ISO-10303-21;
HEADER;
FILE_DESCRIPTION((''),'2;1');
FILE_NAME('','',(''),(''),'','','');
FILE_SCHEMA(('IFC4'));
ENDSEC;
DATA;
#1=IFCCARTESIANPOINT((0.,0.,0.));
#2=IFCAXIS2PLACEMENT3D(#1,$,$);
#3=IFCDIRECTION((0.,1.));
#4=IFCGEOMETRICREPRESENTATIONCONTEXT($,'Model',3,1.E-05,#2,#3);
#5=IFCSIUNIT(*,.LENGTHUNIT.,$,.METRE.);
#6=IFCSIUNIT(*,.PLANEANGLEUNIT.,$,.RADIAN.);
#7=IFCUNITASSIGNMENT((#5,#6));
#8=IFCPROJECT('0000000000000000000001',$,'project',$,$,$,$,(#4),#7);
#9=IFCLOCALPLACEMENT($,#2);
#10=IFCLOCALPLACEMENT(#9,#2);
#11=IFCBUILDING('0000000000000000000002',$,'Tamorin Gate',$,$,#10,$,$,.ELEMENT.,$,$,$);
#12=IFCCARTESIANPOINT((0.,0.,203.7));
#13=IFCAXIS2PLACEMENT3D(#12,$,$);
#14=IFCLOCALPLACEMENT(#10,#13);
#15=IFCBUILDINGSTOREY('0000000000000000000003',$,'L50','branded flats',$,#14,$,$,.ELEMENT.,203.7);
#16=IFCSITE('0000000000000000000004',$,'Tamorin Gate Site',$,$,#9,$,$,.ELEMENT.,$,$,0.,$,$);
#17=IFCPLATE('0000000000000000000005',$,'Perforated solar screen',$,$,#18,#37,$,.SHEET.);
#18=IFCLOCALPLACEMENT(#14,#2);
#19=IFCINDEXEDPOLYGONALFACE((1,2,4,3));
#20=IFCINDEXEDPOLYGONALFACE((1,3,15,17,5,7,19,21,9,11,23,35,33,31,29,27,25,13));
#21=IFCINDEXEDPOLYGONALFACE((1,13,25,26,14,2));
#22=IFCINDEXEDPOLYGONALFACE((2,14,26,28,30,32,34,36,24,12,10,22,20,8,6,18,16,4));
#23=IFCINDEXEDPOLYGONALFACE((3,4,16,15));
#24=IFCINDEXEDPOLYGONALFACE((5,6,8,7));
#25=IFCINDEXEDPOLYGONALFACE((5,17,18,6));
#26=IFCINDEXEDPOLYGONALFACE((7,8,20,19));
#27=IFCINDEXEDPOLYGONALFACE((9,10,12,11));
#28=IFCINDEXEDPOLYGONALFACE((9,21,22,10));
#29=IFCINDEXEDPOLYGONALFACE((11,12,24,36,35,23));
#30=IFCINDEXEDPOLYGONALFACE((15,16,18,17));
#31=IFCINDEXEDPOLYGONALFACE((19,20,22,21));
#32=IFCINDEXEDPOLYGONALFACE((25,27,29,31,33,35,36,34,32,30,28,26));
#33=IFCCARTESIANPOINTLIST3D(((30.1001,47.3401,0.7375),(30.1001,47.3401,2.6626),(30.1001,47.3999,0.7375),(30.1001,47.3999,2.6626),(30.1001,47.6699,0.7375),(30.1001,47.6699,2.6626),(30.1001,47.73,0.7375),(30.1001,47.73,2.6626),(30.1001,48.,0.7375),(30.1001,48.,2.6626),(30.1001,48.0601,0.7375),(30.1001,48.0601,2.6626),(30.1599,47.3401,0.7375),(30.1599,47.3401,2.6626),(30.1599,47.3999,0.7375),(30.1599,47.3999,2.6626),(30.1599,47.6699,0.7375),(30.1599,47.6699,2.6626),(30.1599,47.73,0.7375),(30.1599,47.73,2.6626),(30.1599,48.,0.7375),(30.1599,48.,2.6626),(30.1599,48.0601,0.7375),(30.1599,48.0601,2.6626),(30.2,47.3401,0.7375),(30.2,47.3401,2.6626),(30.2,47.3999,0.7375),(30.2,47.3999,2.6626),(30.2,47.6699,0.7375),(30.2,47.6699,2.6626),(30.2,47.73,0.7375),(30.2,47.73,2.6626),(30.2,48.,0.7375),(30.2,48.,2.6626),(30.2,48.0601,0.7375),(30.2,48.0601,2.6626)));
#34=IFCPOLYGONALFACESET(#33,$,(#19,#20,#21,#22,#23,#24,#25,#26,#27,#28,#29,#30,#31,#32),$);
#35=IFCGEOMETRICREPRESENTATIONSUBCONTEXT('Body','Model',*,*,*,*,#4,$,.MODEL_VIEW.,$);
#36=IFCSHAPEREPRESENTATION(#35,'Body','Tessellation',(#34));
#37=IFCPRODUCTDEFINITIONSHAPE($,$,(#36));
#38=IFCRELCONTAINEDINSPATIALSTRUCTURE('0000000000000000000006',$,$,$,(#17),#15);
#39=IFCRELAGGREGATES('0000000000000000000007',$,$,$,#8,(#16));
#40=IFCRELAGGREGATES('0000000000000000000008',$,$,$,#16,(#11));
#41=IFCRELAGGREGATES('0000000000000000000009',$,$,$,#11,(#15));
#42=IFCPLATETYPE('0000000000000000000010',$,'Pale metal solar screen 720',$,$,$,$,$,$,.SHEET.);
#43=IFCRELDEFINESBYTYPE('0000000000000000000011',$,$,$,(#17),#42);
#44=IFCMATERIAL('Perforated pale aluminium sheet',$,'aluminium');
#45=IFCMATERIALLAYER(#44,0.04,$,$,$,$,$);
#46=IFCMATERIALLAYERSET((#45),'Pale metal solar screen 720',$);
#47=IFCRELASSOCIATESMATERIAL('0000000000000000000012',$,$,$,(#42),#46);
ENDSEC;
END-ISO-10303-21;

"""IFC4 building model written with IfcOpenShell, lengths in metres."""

from ifc_helpers import new_model, si_unit, direction, frame, origin, place, context, subcontext, project, spatial, polyline, outline, extrude, material, layer, layer_set, type_object, element, save


model = new_model("IFC4")

# Units and contexts
model_context = context("Model", 3, precision=1e-05, world=origin(), true_north=direction((0.0, 1.0)))
body_context = subcontext(model_context, "Body", "Model", "MODEL_VIEW")
ifc_project = project(units=[si_unit("LENGTHUNIT", "METRE"), si_unit("PLANEANGLEUNIT", "RADIAN")], contexts=[model_context])

# Site, building, storey
site_placement = place(None, origin())
site = spatial("IfcSite", under=ifc_project, at=site_placement, Name="Tamorin Gate Site", CompositionType="ELEMENT", RefElevation=0.0)
building_placement = place(site_placement, origin())
building = spatial("IfcBuilding", under=site, at=building_placement, Name="Tamorin Gate", CompositionType="ELEMENT")
storey_placement = place(building_placement, frame((0.0, 0.0, 203.7)))
storey = spatial("IfcBuildingStorey", under=building, at=storey_placement, Name="L50", Description="branded flats", CompositionType="ELEMENT", Elevation=203.7)

# Plate
ifc_material_1 = material(Name="Perforated pale aluminium sheet", Category="aluminium")
ifc_layer_1 = layer(ifc_material_1, 0.04)
ifc_layer_set_1 = layer_set([ifc_layer_1], Name="Pale metal solar screen 720")
plate_type_1 = type_object("IfcPlateType", Name="Pale metal solar screen 720", PredefinedType="SHEET", material=ifc_layer_set_1)
plate_1_placement = place(storey_placement, frame((0.0, 0.0, 0.7375)))
element("IfcPlate", 1, at=plate_1_placement, inside=storey, type_object=plate_type_1, Name="Perforated solar screen", PredefinedType="SHEET", context=body_context, shape_type="SweptSolid", body=[
    extrude(outline(polyline([(30.1599, 48.0601), (30.2, 48.0601), (30.2, 48.0), (30.2, 47.73), (30.2, 47.6699), (30.2, 47.3999), (30.2, 47.3401), (30.1599, 47.3401), (30.1001, 47.3401), (30.1001, 47.3999), (30.1599, 47.3999), (30.1599, 47.6699), (30.1001, 47.6699), (30.1001, 47.73), (30.1599, 47.73), (30.1599, 48.0), (30.1001, 48.0), (30.1001, 48.0601), (30.1599, 48.0601)])), origin(), (0.0, 0.0, 1.0), 1.925),
])

save(model, "model.ifc")
